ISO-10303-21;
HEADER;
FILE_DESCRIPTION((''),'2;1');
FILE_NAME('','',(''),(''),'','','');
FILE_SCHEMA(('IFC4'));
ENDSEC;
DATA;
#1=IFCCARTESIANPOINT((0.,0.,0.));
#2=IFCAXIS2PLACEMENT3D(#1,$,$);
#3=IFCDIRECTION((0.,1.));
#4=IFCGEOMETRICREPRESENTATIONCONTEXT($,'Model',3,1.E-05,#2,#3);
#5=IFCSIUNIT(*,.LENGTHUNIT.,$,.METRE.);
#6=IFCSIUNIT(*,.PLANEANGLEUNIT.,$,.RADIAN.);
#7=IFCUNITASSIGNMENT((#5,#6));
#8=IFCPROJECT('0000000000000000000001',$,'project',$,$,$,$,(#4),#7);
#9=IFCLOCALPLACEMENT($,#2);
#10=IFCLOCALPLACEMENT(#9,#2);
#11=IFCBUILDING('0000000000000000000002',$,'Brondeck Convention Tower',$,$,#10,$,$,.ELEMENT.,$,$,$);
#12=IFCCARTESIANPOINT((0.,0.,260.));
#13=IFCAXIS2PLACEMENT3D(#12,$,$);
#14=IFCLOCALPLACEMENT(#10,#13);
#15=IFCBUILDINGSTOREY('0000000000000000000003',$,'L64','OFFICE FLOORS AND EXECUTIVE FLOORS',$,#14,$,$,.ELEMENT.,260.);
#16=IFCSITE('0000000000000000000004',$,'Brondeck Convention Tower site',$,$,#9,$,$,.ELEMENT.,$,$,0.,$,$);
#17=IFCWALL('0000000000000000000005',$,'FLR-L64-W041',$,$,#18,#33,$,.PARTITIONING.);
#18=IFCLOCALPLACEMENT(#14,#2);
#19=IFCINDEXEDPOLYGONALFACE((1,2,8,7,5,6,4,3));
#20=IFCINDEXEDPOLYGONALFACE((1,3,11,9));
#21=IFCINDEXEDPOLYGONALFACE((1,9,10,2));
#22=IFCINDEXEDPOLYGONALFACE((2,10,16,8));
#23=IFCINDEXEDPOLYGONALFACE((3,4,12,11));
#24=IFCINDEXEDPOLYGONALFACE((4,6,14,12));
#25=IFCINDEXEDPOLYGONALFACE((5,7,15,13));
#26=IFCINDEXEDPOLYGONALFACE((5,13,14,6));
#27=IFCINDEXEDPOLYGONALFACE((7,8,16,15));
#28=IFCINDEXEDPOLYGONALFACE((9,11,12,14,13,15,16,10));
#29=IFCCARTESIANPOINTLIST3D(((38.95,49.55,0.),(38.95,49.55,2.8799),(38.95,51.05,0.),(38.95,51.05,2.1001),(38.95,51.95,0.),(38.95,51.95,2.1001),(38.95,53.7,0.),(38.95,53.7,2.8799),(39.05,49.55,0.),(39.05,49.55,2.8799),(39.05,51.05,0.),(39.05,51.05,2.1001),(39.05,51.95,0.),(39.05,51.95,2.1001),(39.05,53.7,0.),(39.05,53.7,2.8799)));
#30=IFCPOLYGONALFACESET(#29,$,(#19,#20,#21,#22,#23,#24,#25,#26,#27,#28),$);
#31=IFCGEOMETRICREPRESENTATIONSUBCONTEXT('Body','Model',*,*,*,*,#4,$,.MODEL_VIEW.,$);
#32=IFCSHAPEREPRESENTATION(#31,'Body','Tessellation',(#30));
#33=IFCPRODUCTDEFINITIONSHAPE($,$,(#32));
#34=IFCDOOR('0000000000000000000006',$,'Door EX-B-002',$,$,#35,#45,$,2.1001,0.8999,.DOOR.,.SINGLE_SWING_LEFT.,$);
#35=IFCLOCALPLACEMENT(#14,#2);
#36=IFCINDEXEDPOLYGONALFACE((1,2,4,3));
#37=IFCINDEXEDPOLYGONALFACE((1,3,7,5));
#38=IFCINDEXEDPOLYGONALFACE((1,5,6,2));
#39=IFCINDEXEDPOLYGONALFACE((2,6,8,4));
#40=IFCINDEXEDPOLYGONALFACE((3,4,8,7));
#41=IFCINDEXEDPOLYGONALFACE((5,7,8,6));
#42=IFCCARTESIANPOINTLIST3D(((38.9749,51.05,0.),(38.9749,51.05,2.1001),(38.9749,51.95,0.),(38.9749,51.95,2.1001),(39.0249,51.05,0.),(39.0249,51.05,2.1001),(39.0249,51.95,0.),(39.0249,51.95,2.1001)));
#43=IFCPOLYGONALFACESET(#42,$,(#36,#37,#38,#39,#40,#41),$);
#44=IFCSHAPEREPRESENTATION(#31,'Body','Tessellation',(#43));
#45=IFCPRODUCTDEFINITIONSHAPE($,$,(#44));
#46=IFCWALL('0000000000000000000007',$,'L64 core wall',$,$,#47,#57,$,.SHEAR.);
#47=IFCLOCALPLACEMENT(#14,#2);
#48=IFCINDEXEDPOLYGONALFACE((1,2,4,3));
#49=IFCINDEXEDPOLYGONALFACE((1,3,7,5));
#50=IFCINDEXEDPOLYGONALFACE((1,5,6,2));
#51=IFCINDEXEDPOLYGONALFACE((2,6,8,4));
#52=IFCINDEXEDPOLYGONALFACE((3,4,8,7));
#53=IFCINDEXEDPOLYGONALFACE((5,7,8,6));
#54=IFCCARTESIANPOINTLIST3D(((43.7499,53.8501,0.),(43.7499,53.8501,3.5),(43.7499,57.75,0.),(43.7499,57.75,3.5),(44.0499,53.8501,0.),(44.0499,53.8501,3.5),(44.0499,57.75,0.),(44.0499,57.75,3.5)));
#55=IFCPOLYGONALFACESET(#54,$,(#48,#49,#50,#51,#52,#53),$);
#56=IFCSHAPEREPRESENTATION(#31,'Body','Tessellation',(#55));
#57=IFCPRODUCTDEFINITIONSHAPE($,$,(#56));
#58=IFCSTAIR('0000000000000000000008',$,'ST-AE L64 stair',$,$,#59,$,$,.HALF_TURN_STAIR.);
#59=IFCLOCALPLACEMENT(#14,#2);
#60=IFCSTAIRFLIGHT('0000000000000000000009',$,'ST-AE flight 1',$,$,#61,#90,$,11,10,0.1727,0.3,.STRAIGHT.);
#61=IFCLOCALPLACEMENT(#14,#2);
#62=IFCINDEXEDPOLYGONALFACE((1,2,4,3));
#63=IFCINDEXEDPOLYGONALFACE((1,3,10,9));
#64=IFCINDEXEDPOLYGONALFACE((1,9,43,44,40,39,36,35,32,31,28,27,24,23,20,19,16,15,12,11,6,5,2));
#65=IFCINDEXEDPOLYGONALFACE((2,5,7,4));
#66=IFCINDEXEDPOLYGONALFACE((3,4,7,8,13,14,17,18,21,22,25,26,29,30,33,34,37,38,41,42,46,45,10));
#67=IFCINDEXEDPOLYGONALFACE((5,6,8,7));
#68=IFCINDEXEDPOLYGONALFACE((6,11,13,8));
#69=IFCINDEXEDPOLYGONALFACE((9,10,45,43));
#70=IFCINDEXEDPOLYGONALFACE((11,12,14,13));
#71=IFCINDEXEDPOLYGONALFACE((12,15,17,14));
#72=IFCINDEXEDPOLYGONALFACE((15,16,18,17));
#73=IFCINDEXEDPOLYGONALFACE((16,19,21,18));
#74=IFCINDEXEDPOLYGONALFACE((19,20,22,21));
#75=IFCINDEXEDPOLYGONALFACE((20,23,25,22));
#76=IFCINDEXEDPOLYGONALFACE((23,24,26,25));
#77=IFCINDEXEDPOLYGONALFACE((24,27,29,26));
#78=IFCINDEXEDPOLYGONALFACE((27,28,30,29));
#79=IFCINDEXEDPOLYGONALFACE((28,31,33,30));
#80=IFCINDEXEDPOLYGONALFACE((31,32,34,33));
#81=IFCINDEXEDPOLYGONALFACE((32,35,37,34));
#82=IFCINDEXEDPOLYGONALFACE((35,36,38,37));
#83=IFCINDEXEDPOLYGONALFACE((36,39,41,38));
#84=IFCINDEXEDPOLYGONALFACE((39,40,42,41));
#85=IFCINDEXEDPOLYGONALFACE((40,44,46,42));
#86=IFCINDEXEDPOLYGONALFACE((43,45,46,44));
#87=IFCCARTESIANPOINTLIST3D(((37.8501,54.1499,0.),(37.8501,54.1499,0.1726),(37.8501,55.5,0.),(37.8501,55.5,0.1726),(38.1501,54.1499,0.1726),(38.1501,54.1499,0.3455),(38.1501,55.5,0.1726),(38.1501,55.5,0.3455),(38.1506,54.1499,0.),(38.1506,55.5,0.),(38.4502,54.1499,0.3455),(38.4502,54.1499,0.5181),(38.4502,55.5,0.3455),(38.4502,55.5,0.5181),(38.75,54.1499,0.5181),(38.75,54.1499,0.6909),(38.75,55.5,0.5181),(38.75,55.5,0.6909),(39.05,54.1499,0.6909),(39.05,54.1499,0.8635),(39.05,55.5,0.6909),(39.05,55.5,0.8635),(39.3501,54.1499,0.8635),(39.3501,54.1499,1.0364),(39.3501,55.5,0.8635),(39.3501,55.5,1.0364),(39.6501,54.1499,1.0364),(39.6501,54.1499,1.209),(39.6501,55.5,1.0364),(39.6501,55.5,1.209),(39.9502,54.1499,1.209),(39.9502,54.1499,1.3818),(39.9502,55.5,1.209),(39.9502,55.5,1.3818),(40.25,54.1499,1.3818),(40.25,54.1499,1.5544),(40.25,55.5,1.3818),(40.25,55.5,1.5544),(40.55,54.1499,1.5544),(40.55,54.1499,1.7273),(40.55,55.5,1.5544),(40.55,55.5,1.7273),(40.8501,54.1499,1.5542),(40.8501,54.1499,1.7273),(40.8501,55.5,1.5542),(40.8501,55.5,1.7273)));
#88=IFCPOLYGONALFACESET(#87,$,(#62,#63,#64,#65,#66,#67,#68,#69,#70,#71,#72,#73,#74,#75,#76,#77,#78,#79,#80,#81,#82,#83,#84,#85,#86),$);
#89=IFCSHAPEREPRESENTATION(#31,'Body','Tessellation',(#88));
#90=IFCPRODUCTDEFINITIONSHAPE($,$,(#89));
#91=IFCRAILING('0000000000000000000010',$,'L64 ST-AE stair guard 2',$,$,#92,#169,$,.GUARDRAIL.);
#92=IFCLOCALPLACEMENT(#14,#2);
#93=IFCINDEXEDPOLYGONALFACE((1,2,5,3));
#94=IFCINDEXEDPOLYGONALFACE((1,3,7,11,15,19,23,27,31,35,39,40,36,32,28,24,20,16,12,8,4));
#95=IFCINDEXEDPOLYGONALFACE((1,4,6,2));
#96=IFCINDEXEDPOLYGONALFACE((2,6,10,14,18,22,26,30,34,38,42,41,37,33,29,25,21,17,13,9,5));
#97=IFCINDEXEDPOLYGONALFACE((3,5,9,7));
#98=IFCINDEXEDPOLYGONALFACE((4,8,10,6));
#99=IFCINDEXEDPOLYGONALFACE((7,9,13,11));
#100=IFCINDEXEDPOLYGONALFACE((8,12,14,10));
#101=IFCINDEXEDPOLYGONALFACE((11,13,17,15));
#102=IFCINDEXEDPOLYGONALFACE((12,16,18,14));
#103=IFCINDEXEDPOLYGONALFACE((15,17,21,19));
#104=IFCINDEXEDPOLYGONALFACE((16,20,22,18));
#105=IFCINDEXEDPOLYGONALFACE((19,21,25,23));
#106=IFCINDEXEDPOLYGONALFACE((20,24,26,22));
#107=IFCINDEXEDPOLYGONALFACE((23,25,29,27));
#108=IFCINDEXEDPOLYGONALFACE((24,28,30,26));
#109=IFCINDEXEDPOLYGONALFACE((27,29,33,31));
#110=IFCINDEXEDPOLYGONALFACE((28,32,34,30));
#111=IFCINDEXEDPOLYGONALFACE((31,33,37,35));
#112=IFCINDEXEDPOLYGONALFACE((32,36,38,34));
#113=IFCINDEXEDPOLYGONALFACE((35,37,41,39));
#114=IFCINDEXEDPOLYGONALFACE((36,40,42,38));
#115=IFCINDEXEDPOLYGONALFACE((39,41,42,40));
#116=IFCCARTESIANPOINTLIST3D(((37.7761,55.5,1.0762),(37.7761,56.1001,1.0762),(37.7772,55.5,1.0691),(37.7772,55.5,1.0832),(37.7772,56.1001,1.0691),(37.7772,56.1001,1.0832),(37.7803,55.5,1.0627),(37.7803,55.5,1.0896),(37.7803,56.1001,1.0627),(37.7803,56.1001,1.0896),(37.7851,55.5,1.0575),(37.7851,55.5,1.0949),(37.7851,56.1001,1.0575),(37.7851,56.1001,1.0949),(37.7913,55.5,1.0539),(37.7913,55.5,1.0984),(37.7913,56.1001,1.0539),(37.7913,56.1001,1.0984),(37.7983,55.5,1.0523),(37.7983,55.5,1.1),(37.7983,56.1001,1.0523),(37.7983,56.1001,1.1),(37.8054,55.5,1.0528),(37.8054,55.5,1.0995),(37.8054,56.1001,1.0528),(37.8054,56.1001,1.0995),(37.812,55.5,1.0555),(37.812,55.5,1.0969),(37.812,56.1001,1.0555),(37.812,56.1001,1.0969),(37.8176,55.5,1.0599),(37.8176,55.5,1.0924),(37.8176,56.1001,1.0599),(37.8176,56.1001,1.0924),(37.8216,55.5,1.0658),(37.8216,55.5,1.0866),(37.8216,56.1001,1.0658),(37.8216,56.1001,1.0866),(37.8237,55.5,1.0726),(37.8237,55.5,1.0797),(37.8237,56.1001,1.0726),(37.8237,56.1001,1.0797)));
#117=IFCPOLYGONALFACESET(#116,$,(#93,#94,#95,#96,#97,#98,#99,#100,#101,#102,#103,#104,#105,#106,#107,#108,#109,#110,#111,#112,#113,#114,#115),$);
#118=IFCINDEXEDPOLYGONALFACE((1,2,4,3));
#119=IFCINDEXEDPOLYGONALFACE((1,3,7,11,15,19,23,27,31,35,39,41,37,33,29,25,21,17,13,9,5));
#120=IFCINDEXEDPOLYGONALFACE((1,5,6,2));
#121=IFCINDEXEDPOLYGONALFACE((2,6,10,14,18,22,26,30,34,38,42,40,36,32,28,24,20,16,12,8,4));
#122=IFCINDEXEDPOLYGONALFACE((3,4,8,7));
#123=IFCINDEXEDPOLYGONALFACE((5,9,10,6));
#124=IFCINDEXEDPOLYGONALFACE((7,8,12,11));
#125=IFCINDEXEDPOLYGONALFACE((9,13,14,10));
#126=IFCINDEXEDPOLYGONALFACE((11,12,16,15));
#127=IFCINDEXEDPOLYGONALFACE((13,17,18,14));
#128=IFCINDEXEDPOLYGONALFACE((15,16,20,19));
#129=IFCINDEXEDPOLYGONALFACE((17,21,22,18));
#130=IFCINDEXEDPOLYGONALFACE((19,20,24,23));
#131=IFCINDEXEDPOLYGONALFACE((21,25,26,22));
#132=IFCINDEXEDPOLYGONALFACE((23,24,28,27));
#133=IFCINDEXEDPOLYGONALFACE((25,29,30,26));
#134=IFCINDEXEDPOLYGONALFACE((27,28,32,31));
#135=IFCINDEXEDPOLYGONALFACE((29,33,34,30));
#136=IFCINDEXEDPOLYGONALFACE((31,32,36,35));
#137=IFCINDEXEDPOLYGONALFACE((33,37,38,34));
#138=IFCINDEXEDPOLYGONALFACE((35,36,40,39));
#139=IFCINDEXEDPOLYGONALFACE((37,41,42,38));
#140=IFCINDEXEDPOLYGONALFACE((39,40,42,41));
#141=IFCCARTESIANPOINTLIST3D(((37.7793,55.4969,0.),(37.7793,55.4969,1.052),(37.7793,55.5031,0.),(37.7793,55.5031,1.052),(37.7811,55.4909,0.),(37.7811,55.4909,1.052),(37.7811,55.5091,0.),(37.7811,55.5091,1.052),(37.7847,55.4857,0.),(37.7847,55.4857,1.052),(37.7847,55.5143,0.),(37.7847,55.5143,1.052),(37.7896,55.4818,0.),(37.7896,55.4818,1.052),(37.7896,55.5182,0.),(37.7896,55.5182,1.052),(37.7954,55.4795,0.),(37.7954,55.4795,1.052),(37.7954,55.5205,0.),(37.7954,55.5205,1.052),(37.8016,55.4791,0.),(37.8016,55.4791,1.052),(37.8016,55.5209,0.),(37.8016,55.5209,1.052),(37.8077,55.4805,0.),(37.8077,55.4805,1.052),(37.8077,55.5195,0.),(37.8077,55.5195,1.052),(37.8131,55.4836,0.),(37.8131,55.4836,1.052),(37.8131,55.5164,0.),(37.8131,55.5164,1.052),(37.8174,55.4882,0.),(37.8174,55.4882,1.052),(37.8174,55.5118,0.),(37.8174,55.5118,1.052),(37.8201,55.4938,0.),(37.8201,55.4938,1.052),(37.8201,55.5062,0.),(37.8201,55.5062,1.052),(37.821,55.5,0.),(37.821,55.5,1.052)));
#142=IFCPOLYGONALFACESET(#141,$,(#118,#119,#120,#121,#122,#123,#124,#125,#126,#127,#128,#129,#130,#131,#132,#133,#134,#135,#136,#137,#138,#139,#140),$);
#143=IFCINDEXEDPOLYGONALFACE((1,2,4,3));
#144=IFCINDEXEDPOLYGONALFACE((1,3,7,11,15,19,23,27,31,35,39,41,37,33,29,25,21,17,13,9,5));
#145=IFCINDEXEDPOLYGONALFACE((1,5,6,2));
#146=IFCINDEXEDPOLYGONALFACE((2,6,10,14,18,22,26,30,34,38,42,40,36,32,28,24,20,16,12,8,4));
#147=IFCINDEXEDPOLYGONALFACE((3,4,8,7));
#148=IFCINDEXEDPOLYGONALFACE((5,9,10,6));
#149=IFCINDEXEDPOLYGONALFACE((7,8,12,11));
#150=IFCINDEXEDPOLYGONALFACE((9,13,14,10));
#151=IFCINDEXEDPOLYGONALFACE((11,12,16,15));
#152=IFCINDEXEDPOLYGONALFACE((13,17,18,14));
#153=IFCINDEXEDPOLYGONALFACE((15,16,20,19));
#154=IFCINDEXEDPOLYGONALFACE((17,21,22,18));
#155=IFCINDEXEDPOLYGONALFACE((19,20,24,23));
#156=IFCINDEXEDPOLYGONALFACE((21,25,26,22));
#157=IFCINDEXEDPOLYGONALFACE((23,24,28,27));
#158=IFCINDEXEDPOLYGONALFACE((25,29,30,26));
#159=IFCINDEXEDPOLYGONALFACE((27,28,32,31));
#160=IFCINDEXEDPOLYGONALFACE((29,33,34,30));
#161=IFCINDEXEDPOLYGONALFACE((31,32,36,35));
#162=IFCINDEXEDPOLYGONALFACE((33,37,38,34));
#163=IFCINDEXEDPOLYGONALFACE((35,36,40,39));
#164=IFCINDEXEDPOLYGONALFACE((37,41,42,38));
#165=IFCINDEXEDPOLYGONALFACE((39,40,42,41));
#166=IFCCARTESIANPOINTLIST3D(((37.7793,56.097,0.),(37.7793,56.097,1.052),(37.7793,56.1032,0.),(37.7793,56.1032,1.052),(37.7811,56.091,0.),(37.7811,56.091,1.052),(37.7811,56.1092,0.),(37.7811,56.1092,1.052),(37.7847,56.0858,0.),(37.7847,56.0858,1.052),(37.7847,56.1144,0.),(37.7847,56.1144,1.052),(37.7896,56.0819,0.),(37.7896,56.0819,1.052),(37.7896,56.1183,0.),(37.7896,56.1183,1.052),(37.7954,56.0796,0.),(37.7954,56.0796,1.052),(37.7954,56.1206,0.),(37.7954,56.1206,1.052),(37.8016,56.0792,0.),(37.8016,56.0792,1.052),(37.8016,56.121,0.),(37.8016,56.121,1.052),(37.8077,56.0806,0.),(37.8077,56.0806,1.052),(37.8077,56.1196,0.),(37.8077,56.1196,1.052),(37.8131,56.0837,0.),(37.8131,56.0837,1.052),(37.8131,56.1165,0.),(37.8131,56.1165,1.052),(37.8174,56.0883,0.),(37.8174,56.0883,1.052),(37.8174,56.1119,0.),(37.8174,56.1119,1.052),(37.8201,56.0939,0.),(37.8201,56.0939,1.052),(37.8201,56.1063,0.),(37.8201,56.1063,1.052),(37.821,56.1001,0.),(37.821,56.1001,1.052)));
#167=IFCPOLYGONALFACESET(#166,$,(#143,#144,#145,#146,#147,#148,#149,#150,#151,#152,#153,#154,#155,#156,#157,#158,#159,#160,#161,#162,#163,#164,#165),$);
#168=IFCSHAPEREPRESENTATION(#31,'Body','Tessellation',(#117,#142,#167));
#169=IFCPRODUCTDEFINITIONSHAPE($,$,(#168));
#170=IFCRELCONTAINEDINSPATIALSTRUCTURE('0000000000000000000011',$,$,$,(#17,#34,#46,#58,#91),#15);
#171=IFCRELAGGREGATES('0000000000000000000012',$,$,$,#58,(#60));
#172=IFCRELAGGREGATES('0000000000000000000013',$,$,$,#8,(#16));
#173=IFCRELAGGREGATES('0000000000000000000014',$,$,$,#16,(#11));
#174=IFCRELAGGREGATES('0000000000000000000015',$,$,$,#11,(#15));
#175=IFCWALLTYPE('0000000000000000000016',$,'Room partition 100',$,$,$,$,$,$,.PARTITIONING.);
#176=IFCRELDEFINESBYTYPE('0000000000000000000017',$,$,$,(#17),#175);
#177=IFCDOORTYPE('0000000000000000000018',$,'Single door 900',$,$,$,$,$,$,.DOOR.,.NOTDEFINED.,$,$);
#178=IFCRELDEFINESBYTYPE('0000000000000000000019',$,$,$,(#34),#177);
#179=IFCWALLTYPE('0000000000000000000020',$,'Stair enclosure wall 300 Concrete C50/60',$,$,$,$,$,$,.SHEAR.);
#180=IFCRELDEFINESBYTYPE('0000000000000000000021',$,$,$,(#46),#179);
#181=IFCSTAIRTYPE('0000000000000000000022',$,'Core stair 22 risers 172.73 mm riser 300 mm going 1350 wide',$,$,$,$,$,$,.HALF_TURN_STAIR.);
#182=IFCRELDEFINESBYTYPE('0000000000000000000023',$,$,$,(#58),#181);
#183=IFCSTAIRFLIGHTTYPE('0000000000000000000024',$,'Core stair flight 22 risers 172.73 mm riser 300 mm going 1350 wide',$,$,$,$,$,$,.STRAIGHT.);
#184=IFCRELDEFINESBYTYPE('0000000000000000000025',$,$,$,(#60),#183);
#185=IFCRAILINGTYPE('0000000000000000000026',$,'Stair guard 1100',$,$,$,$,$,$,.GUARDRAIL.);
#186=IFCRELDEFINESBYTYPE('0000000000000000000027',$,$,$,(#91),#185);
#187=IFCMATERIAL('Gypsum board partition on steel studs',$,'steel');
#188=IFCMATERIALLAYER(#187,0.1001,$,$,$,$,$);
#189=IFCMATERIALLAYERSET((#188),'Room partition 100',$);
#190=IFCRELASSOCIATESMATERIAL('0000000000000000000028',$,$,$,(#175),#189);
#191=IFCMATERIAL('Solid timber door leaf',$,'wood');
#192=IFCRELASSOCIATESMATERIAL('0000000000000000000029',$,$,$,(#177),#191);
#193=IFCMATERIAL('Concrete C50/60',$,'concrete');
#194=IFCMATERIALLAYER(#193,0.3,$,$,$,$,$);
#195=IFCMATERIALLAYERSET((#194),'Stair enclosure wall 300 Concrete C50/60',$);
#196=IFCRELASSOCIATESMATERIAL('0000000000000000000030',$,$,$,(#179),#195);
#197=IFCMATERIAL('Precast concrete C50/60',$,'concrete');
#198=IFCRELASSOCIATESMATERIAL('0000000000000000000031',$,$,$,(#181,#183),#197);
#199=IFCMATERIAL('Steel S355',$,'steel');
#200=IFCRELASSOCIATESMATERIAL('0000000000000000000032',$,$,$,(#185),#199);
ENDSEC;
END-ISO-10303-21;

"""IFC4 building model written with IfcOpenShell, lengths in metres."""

from ifc_helpers import new_model, si_unit, direction, frame, frame_2d, origin, origin_2d, place, context, subcontext, project, spatial, polyline, rectangle, circle, outline, extrude, material, layer, layer_set, type_object, element, fill, aggregate, save


model = new_model("IFC4")

# Units and contexts
model_context = context("Model", 3, precision=1e-05, world=origin(), true_north=direction((0.0, 1.0)))
body_context = subcontext(model_context, "Body", "Model", "MODEL_VIEW")
ifc_project = project(units=[si_unit("LENGTHUNIT", "METRE"), si_unit("PLANEANGLEUNIT", "RADIAN")], contexts=[model_context])

# Site, building, storey
site_placement = place(None, origin())
site = spatial("IfcSite", under=ifc_project, at=site_placement, Name="Brondeck Convention Tower site", CompositionType="ELEMENT", RefElevation=0.0)
building_placement = place(site_placement, origin())
building = spatial("IfcBuilding", under=site, at=building_placement, Name="Brondeck Convention Tower", CompositionType="ELEMENT")
storey_placement = place(building_placement, frame((0.0, 0.0, 260.0)))
storey = spatial("IfcBuildingStorey", under=building, at=storey_placement, Name="L64", Description="OFFICE FLOORS AND EXECUTIVE FLOORS", CompositionType="ELEMENT", Elevation=260.0)

# Shared definitions
ifc_material_1 = material(Name="Concrete C50/60", Category="concrete")

# Shared definitions
ifc_material_2 = material(Name="Steel S355", Category="steel")

# Shared definitions
ifc_material_3 = material(Name="Gypsum board partition on steel studs", Category="steel")
ifc_layer_1 = layer(ifc_material_3, 0.1001)
ifc_layer_set_1 = layer_set([ifc_layer_1], Name="Room partition 100")
wall_type_1 = type_object("IfcWallType", Name="Room partition 100", PredefinedType="PARTITIONING", material=ifc_layer_set_1)

# Wall, opening, door
wall_1_placement = place(storey_placement, frame((39.0, 53.7, 0.0), z_axis=(0.0, 0.0, 1.0), x_axis=(0.0, -1.0, 0.0)))
wall_1 = element("IfcWall", 1, at=wall_1_placement, inside=storey, type_object=wall_type_1, Name="FLR-L64-W041", PredefinedType="PARTITIONING", context=body_context, shape_type="SweptSolid", body=[
    extrude(rectangle(XDim=4.1499, YDim=0.1001, at=frame_2d((2.075, 0.0))), origin(), (0.0, 0.0, 1.0), 2.8799),
])
opening_1_placement = place(wall_1_placement, frame((1.75, 0.0, 0.0)))
opening_1 = element("IfcOpeningElement", 2, at=opening_1_placement, cuts=wall_1, PredefinedType="OPENING", context=body_context, shape_type="SweptSolid", body=[
    extrude(rectangle(XDim=0.8999, YDim=2.1001, at=frame_2d((0.45, 1.05))), frame((0.0, 0.0601, 0.0), z_axis=(0.0, -1.0, 0.0), x_axis=(1.0, 0.0, 0.0)), (0.0, 0.0, 1.0), 0.1201),
])
ifc_material_4 = material(Name="Solid timber door leaf", Category="wood")
door_type_1 = type_object("IfcDoorType", Name="Single door 900", OperationType="NOTDEFINED", PredefinedType="DOOR", material=ifc_material_4)
door_1_placement = place(opening_1_placement, origin())
door_1 = element("IfcDoor", 3, at=door_1_placement, inside=storey, type_object=door_type_1, Name="Door EX-B-002", OperationType="SINGLE_SWING_LEFT", OverallHeight=2.1001, OverallWidth=0.8999, PredefinedType="DOOR", context=body_context, shape_type="SweptSolid", body=[
    extrude(rectangle(XDim=0.8999, YDim=2.1001, at=frame_2d((0.45, 1.05))), frame((0.0, 0.0249, 0.0), z_axis=(0.0, -1.0, 0.0), x_axis=(1.0, 0.0, 0.0)), (0.0, 0.0, 1.0), 0.05),
])
fill(opening_1, door_1)

# Wall
ifc_layer_2 = layer(ifc_material_1, 0.3)
ifc_layer_set_2 = layer_set([ifc_layer_2], Name="Stair enclosure wall 300 Concrete C50/60")
wall_type_2 = type_object("IfcWallType", Name="Stair enclosure wall 300 Concrete C50/60", PredefinedType="SHEAR", material=ifc_layer_set_2)
wall_2_placement = place(storey_placement, frame((43.8999, 53.8501, 0.0), z_axis=(0.0, 0.0, 1.0), x_axis=(0.0, 1.0, 0.0)))
element("IfcWall", 4, at=wall_2_placement, inside=storey, type_object=wall_type_2, Name="L64 core wall", PredefinedType="SHEAR", context=body_context, shape_type="SweptSolid", body=[
    extrude(rectangle(XDim=3.8999, YDim=0.3, at=frame_2d((1.95, 0.0))), origin(), (0.0, 0.0, 1.0), 3.5),
])

# Stair, stair flight
ifc_material_5 = material(Name="Precast concrete C50/60", Category="concrete")
stair_type = type_object("IfcStairType", Name="Core stair 22 risers 172.73 mm riser 300 mm going 1350 wide", PredefinedType="HALF_TURN_STAIR", material=ifc_material_5)
stair_placement = place(storey_placement, origin())
stair = element("IfcStair", 5, at=stair_placement, inside=storey, type_object=stair_type, Name="ST-AE L64 stair", PredefinedType="HALF_TURN_STAIR")
stair_flight_type = type_object("IfcStairFlightType", Name="Core stair flight 22 risers 172.73 mm riser 300 mm going 1350 wide", PredefinedType="STRAIGHT", material=ifc_material_5)
stair_flight_placement = place(storey_placement, frame((37.8501, 54.825, 0.0), z_axis=(0.0, 0.0, 1.0), x_axis=(1.0, 0.0, 0.0)))
stair_flight = element("IfcStairFlight", 6, at=stair_flight_placement, type_object=stair_flight_type, Name="ST-AE flight 1", NumberOfRisers=11, NumberOfTreads=10, PredefinedType="STRAIGHT", RiserHeight=0.1727, TreadLength=0.3, context=body_context, shape_type="SweptSolid", body=[
    extrude(outline(polyline([(0.0, 0.0), (0.0, 0.1726), (0.3, 0.1726), (0.3, 0.3455), (0.6001, 0.3455), (0.6001, 0.5181), (0.8999, 0.5181), (0.8999, 0.6909), (1.2, 0.6909), (1.2, 0.8635), (1.5, 0.8635), (1.5, 1.0364), (1.8, 1.0364), (1.8, 1.209), (2.1001, 1.209), (2.1001, 1.3818), (2.3999, 1.3818), (2.3999, 1.5544), (2.7, 1.5544), (2.7, 1.7273), (3.0, 1.7273), (3.0, 1.8999), (3.0, 1.5542), (0.3005, 0.0), (0.0, 0.0)])), frame((0.0, 0.675, 0.0), z_axis=(0.0, -1.0, 0.0), x_axis=(1.0, 0.0, 0.0)), (0.0, 0.0, 1.0), 1.3501),
])
aggregate(stair, [stair_flight])

# Railing
railing_type_1 = type_object("IfcRailingType", Name="Stair guard 1100", PredefinedType="GUARDRAIL", material=ifc_material_2)
railing_1_placement = place(storey_placement, frame((37.8, 55.5, 0.0)))
element("IfcRailing", 7, at=railing_1_placement, inside=storey, type_object=railing_type_1, Name="L64 ST-AE stair guard 2", PredefinedType="GUARDRAIL", context=body_context, shape_type="SweptSolid", body=[
    extrude(circle(Radius=0.0239, at=origin_2d()), frame((0.0, 0.0, 1.0762), z_axis=(0.0, 1.0, 0.0), x_axis=(-1.0, 0.0, 0.0)), (0.0, 0.0, 1.0), 0.6001),
    extrude(circle(Radius=0.021, at=origin_2d()), origin(), (0.0, 0.0, 1.0), 1.052),
    extrude(circle(Radius=0.021, at=origin_2d()), frame((0.0, 0.6001, 0.0)), (0.0, 0.0, 1.0), 1.052),
])

save(model, "model.ifc")
